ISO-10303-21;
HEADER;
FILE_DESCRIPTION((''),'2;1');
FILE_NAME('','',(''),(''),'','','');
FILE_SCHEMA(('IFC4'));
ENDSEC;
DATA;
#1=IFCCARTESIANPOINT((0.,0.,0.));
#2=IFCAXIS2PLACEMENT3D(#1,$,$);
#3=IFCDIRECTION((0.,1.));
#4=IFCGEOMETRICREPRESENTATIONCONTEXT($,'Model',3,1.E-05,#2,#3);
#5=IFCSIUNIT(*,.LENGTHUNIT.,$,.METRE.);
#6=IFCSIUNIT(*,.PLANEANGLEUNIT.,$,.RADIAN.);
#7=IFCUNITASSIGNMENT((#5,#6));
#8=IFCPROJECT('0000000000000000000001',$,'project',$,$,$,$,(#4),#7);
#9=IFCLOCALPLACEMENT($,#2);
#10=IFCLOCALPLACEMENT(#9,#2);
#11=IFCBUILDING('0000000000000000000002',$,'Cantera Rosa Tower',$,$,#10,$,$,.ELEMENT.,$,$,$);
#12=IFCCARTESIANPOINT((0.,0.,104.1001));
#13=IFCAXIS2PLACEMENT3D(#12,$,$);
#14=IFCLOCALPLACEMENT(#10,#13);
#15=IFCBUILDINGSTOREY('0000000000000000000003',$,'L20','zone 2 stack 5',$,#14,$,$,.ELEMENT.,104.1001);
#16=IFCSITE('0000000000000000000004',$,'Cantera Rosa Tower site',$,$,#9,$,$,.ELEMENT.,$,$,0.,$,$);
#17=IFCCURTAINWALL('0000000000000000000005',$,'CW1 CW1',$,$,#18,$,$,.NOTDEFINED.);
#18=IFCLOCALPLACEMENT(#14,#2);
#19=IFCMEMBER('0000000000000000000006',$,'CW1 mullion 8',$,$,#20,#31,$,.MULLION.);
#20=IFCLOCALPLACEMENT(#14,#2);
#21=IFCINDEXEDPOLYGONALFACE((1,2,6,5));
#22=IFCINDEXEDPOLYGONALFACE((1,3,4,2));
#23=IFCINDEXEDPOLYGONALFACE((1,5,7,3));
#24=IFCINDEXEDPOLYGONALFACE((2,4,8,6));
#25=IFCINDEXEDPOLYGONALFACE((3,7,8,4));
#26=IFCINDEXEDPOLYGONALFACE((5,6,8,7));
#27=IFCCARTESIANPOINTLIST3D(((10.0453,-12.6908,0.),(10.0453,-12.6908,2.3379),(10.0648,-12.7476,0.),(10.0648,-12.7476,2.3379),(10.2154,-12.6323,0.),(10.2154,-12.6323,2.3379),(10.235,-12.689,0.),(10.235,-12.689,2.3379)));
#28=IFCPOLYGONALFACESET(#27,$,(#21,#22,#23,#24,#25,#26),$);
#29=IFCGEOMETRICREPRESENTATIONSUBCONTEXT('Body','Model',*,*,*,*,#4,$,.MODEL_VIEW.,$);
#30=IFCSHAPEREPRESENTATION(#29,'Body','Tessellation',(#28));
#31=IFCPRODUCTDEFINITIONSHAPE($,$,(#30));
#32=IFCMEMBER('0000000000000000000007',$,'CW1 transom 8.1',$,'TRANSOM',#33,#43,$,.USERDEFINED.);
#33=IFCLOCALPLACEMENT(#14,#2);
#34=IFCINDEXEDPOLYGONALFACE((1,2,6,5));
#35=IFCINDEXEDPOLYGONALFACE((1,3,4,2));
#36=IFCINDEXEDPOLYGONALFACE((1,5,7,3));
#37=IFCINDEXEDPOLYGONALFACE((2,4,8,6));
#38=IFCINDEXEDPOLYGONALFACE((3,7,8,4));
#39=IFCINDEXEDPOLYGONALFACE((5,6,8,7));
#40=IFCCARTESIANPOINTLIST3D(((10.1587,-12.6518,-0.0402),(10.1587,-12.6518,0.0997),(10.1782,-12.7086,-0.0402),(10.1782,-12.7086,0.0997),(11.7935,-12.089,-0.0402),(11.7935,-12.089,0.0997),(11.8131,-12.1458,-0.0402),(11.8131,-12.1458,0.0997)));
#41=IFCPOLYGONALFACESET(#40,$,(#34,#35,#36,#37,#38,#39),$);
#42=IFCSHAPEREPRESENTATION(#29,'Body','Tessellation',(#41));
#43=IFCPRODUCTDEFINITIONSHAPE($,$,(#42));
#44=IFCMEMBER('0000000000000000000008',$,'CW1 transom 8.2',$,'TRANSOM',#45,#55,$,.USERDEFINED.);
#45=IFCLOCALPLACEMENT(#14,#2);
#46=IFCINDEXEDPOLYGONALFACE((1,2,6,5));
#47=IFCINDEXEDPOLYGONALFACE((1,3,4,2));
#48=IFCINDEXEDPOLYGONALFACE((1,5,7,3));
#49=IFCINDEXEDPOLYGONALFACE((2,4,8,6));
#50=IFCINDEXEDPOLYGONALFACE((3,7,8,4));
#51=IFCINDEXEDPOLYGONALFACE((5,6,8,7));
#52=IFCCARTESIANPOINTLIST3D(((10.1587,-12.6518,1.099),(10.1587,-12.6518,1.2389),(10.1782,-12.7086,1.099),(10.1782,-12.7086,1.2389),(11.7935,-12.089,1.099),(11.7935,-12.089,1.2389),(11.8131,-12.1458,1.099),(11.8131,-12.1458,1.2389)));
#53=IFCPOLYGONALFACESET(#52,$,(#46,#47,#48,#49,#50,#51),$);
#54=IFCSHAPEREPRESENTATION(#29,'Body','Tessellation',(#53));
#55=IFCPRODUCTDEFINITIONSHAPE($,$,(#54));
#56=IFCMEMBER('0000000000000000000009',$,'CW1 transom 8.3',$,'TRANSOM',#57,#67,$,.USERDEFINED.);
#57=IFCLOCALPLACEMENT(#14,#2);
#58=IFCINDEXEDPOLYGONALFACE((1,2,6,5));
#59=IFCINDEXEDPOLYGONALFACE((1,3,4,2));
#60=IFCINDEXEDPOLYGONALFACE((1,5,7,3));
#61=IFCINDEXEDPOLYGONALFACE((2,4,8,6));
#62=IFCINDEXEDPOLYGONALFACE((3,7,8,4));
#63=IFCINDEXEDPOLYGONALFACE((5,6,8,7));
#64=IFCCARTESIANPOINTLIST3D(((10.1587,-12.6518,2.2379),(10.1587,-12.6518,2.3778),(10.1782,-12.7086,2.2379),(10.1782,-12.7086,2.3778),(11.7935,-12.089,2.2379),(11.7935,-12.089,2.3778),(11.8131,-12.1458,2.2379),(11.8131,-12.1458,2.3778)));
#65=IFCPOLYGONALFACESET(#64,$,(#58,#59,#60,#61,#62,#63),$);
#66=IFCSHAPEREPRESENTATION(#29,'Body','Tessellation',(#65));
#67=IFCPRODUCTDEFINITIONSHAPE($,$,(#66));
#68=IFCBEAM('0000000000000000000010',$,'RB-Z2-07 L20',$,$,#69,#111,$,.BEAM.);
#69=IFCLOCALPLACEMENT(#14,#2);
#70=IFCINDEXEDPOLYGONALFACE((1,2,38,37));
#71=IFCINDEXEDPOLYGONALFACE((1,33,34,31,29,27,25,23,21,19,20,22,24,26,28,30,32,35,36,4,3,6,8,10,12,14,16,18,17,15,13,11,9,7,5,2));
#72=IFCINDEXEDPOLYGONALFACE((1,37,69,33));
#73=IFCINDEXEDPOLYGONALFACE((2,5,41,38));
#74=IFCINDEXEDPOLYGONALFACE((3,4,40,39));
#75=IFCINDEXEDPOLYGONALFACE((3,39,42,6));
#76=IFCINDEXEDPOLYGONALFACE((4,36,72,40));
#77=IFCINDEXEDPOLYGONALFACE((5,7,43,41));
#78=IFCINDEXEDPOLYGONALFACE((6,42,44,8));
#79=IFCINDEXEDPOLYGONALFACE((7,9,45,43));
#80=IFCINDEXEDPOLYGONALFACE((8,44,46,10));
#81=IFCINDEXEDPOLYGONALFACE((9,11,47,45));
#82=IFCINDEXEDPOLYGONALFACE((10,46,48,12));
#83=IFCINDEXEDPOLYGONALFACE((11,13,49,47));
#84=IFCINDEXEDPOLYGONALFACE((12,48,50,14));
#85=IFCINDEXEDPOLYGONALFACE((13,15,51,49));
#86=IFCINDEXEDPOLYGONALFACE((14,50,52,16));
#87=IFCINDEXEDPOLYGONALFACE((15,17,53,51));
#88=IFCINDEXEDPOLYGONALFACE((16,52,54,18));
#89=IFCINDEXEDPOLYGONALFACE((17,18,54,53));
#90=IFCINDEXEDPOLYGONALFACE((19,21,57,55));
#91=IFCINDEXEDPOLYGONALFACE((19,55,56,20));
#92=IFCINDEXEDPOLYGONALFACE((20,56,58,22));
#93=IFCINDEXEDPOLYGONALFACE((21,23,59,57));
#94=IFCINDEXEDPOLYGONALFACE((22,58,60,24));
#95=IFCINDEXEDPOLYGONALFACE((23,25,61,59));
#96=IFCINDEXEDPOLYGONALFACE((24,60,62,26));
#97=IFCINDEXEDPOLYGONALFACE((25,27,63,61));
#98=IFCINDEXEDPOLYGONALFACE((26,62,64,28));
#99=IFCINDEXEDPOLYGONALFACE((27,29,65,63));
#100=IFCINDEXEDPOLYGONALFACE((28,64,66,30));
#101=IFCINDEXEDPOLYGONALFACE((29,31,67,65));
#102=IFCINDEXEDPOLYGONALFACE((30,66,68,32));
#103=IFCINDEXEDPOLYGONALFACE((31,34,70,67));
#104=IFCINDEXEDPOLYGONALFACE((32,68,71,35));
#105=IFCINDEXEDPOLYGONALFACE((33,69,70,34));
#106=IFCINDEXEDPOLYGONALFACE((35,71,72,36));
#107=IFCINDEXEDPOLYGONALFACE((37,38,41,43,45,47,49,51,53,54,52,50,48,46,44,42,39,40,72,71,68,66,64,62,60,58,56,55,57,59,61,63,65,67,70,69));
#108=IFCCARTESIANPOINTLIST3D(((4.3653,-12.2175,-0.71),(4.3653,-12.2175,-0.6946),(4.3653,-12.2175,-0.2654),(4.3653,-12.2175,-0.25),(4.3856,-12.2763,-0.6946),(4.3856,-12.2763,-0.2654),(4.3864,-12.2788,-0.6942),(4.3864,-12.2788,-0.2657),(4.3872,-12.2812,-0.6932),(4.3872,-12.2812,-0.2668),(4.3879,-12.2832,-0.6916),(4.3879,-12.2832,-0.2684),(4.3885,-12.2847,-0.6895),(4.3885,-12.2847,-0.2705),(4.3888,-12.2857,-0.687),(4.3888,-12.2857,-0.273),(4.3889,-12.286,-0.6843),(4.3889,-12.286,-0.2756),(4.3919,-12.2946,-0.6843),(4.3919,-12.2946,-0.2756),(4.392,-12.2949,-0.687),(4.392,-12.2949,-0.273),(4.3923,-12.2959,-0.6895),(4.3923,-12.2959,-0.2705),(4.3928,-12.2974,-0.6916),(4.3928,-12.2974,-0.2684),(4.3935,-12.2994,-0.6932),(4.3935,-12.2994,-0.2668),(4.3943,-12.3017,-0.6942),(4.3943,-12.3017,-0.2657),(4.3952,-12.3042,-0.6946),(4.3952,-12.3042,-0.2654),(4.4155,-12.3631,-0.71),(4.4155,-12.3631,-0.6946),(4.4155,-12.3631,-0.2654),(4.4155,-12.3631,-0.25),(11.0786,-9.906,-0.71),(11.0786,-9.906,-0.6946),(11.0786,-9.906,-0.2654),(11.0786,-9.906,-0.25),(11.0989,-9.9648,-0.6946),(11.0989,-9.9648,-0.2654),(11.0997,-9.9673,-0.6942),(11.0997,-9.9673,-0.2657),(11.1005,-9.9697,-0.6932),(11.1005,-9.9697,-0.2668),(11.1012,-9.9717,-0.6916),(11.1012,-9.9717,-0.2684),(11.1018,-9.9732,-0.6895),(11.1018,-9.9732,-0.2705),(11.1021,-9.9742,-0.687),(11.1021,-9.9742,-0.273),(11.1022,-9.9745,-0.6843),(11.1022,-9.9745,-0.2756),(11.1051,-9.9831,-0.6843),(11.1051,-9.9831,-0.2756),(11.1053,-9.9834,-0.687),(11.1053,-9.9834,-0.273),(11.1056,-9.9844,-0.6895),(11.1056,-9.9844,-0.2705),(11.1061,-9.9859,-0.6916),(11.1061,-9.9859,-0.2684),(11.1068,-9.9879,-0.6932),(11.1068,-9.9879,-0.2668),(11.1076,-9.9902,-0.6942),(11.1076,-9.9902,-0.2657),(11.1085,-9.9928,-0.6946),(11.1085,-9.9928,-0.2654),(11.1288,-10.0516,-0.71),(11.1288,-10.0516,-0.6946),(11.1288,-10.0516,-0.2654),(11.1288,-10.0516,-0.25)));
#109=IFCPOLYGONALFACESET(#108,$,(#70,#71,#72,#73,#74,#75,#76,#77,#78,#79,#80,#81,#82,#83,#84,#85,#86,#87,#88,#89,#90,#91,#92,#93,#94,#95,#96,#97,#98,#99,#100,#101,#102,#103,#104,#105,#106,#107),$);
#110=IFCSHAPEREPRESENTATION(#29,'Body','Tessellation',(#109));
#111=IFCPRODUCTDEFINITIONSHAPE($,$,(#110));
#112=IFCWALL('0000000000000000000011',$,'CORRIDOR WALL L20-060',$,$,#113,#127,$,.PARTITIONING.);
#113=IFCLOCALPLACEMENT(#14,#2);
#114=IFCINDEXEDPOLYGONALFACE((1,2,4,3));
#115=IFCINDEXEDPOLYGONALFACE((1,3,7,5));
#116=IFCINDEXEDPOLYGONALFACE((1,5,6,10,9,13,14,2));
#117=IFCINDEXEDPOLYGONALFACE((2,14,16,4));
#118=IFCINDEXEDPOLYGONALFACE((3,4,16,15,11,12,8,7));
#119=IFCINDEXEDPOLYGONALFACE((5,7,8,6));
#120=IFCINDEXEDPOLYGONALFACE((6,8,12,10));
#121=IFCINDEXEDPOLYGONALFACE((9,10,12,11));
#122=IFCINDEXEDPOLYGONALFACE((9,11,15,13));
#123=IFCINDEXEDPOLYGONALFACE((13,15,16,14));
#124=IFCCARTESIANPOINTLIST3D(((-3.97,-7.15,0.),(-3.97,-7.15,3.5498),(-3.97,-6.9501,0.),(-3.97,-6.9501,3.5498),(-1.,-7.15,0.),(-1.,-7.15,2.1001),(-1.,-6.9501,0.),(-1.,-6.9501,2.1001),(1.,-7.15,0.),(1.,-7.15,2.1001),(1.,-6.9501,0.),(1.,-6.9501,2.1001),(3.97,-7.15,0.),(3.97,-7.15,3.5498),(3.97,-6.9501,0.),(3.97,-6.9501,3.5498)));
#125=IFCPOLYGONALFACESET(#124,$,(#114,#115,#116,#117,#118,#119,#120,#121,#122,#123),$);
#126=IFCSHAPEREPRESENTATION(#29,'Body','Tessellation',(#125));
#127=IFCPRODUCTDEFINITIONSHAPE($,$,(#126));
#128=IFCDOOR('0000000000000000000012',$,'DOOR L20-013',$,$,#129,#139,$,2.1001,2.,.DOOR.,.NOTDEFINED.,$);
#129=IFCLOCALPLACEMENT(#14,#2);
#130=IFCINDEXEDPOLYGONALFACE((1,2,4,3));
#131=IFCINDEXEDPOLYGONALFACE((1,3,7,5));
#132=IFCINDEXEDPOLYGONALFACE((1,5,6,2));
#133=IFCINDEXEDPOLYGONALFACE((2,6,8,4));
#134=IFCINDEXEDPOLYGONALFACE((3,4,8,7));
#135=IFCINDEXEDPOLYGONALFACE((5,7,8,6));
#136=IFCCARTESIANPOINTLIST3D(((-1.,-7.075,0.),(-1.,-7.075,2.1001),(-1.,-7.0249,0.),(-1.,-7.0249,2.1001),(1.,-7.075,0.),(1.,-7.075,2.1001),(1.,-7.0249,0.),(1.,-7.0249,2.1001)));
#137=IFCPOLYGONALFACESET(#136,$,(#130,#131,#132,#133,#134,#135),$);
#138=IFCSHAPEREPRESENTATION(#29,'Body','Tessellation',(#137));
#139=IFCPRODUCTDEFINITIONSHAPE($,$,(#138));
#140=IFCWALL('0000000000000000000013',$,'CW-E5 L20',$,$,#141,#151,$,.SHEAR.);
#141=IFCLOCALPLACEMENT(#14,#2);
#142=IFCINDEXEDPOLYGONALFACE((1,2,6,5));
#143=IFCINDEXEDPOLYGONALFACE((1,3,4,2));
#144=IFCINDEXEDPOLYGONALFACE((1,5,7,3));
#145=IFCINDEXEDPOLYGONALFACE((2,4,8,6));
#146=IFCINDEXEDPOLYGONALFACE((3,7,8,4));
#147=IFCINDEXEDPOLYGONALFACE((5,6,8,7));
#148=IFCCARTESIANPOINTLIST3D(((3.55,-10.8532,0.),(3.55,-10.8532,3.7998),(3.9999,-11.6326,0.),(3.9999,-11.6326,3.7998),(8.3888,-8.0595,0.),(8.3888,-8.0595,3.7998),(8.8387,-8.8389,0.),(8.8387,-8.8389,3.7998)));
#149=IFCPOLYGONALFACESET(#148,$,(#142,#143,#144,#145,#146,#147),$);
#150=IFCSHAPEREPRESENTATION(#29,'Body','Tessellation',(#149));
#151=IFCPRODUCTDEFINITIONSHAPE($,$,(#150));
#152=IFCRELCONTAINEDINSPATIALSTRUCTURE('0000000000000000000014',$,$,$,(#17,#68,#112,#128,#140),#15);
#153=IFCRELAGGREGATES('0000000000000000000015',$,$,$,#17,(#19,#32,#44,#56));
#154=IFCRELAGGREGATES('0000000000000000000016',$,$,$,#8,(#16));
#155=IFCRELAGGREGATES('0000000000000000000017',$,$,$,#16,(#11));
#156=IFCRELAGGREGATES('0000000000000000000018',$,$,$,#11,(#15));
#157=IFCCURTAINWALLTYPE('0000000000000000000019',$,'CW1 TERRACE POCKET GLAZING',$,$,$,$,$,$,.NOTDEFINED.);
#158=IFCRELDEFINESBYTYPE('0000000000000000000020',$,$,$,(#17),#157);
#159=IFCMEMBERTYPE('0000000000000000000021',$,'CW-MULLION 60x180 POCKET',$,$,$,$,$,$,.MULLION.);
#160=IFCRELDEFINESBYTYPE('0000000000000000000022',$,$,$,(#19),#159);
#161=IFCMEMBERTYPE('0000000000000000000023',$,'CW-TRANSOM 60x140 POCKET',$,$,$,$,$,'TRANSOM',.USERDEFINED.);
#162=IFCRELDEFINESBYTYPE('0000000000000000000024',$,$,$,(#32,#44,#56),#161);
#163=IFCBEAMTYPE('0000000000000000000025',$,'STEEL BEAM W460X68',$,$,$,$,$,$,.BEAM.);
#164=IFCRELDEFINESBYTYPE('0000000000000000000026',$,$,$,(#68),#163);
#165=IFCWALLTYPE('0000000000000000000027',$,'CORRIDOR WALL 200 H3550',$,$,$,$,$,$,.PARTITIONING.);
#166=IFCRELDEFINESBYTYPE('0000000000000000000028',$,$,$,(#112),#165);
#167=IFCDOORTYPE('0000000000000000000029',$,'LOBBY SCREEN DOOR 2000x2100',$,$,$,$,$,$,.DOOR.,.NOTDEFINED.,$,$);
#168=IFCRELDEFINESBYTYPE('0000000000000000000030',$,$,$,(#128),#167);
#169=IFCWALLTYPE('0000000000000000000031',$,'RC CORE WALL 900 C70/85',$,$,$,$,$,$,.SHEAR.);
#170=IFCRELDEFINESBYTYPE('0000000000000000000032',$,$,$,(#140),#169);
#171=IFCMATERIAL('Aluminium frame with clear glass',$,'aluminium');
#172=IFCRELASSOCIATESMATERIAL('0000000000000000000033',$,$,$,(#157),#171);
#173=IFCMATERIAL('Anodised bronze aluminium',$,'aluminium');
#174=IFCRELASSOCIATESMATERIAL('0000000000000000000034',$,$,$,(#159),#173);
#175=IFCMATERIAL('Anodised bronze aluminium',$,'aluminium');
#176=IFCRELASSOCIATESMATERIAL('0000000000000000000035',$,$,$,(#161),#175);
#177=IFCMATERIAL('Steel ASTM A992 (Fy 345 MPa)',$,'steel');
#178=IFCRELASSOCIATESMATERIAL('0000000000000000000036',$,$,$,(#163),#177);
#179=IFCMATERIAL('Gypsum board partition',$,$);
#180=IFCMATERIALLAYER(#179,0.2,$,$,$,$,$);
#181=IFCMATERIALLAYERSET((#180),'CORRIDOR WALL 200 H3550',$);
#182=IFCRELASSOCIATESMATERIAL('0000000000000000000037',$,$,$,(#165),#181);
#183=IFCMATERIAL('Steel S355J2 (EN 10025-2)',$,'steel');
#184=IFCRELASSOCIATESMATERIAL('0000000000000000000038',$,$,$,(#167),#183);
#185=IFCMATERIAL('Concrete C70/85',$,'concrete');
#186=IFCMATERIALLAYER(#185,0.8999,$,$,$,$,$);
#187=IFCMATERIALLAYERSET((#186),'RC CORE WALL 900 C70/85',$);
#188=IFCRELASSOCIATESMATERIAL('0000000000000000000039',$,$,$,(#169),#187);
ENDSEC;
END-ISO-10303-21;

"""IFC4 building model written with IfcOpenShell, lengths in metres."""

from ifc_helpers import new_model, si_unit, direction, frame, frame_2d, origin, origin_2d, place, context, subcontext, project, spatial, rectangle, i_section, extrude, material, layer, layer_set, material_profile, profile_set, type_object, element, fill, aggregate, save


model = new_model("IFC4")

# Units and contexts
model_context = context("Model", 3, precision=1e-05, world=origin(), true_north=direction((0.0, 1.0)))
body_context = subcontext(model_context, "Body", "Model", "MODEL_VIEW")
ifc_project = project(units=[si_unit("LENGTHUNIT", "METRE"), si_unit("PLANEANGLEUNIT", "RADIAN")], contexts=[model_context])

# Site, building, storey
site_placement = place(None, origin())
site = spatial("IfcSite", under=ifc_project, at=site_placement, Name="Cantera Rosa Tower site", CompositionType="ELEMENT", RefElevation=0.0)
building_placement = place(site_placement, origin())
building = spatial("IfcBuilding", under=site, at=building_placement, Name="Cantera Rosa Tower", CompositionType="ELEMENT")
storey_placement = place(building_placement, frame((0.0, 0.0, 104.1001)))
storey = spatial("IfcBuildingStorey", under=building, at=storey_placement, Name="L20", Description="zone 2 stack 5", CompositionType="ELEMENT", Elevation=104.1001)

# Curtain wall, members
ifc_material_1 = material(Name="Aluminium frame with clear glass", Category="aluminium")
curtain_wall_type = type_object("IfcCurtainWallType", Name="CW1 TERRACE POCKET GLAZING", PredefinedType="NOTDEFINED", material=ifc_material_1)
curtain_wall_placement = place(storey_placement, origin())
curtain_wall = element("IfcCurtainWall", 1, at=curtain_wall_placement, inside=storey, type_object=curtain_wall_type, Name="CW1 CW1", PredefinedType="NOTDEFINED")
ifc_material_2 = material(Name="Anodised bronze aluminium", Category="aluminium")
ifc_material_profile_1 = material_profile(ifc_material_2, rectangle(XDim=0.0601, YDim=0.1799, at=origin_2d()), Name="CW-MULLION 60x180 POCKET")
ifc_profile_set_1 = profile_set([ifc_material_profile_1], Name="Anodised bronze aluminium")
member_type_1 = type_object("IfcMemberType", Name="CW-MULLION 60x180 POCKET", PredefinedType="MULLION", material=ifc_profile_set_1)
member_1_placement = place(storey_placement, frame((10.1401, -12.6899, 0.0), z_axis=(0.0, 0.0, 1.0), x_axis=(-0.325568, 0.945519, 0.0)))
member_1 = element("IfcMember", 2, at=member_1_placement, type_object=member_type_1, Name="CW1 mullion 8", PredefinedType="MULLION", context=body_context, shape_type="SweptSolid", body=[
    extrude(rectangle(XDim=0.0601, YDim=0.1799, at=origin_2d()), origin(), (0.0, 0.0, 1.0), 2.3379),
])
ifc_material_3 = material(Name="Anodised bronze aluminium", Category="aluminium")
ifc_material_profile_2 = material_profile(ifc_material_3, rectangle(XDim=0.0601, YDim=0.1399, at=origin_2d()), Name="CW-TRANSOM 60x140 POCKET")
ifc_profile_set_2 = profile_set([ifc_material_profile_2], Name="Anodised bronze aluminium")
member_type_2 = type_object("IfcMemberType", Name="CW-TRANSOM 60x140 POCKET", ElementType="TRANSOM", PredefinedType="USERDEFINED", material=ifc_profile_set_2)
member_2_placement = place(storey_placement, frame((10.1685, -12.6802, 0.0298), z_axis=(0.945545, 0.32549, 0.0), x_axis=(-0.32549, 0.945545, 0.0)))
member_2 = element("IfcMember", 3, at=member_2_placement, type_object=member_type_2, Name="CW1 transom 8.1", ObjectType="TRANSOM", PredefinedType="USERDEFINED", context=body_context, shape_type="SweptSolid", body=[
    extrude(rectangle(XDim=0.0601, YDim=0.1399, at=origin_2d()), origin(), (0.0, 0.0, 1.0), 1.729),
])
member_3_placement = place(storey_placement, frame((10.1685, -12.6802, 1.1689), z_axis=(0.945545, 0.32549, 0.0), x_axis=(-0.32549, 0.945545, 0.0)))
member_3 = element("IfcMember", 4, at=member_3_placement, type_object=member_type_2, Name="CW1 transom 8.2", ObjectType="TRANSOM", PredefinedType="USERDEFINED", context=body_context, shape_type="SweptSolid", body=[
    extrude(rectangle(XDim=0.0601, YDim=0.1399, at=origin_2d()), origin(), (0.0, 0.0, 1.0), 1.729),
])
member_4_placement = place(storey_placement, frame((10.1685, -12.6802, 2.3079), z_axis=(0.945545, 0.32549, 0.0), x_axis=(-0.32549, 0.945545, 0.0)))
member_4 = element("IfcMember", 5, at=member_4_placement, type_object=member_type_2, Name="CW1 transom 8.3", ObjectType="TRANSOM", PredefinedType="USERDEFINED", context=body_context, shape_type="SweptSolid", body=[
    extrude(rectangle(XDim=0.0601, YDim=0.1399, at=origin_2d()), origin(), (0.0, 0.0, 1.0), 1.729),
])
aggregate(curtain_wall, [member_1, member_2, member_3, member_4])

# Beam
ifc_material_4 = material(Name="Steel ASTM A992 (Fy 345 MPa)", Category="steel")
ifc_material_profile_3 = material_profile(ifc_material_4, i_section(OverallWidth=0.1541, OverallDepth=0.46, WebThickness=0.009, FlangeThickness=0.0154, FilletRadius=0.0103, at=origin_2d()), Name="W460X68")
ifc_profile_set_3 = profile_set([ifc_material_profile_3], Name="Steel ASTM A992 (Fy 345 MPa)")
beam_type = type_object("IfcBeamType", Name="STEEL BEAM W460X68", PredefinedType="BEAM", material=ifc_profile_set_3)
beam_placement = place(storey_placement, frame((4.3904, -12.2903, -0.48), z_axis=(0.945522, 0.325558, 0.0), x_axis=(-0.325558, 0.945522, 0.0)))
element("IfcBeam", 6, at=beam_placement, inside=storey, type_object=beam_type, Name="RB-Z2-07 L20", PredefinedType="BEAM", context=body_context, shape_type="SweptSolid", body=[
    extrude(i_section(OverallWidth=0.1541, OverallDepth=0.46, WebThickness=0.009, FlangeThickness=0.0154, FilletRadius=0.0103, at=origin_2d()), origin(), (0.0, 0.0, 1.0), 7.1001),
])

# Wall, opening, door
ifc_material_5 = material(Name="Gypsum board partition")
ifc_layer_1 = layer(ifc_material_5, 0.2)
ifc_layer_set_1 = layer_set([ifc_layer_1], Name="CORRIDOR WALL 200 H3550")
wall_type_1 = type_object("IfcWallType", Name="CORRIDOR WALL 200 H3550", PredefinedType="PARTITIONING", material=ifc_layer_set_1)
wall_1_placement = place(storey_placement, frame((3.97, -7.05, 0.0), z_axis=(0.0, 0.0, 1.0), x_axis=(-1.0, 0.0, 0.0)))
wall_1 = element("IfcWall", 7, at=wall_1_placement, inside=storey, type_object=wall_type_1, Name="CORRIDOR WALL L20-060", PredefinedType="PARTITIONING", context=body_context, shape_type="SweptSolid", body=[
    extrude(rectangle(XDim=7.9399, YDim=0.2, at=frame_2d((3.97, 0.0))), origin(), (0.0, 0.0, 1.0), 3.5498),
])
opening_1_placement = place(wall_1_placement, frame((2.97, 0.0, 0.0)))
opening_1 = element("IfcOpeningElement", 8, at=opening_1_placement, cuts=wall_1, PredefinedType="OPENING", context=body_context, shape_type="SweptSolid", body=[
    extrude(rectangle(XDim=2.0, YDim=2.1001, at=frame_2d((1.0, 1.05))), frame((0.0, 0.1099, 0.0), z_axis=(0.0, -1.0, 0.0), x_axis=(1.0, 0.0, 0.0)), (0.0, 0.0, 1.0), 0.22),
])
ifc_material_6 = material(Name="Steel S355J2 (EN 10025-2)", Category="steel")
door_type_1 = type_object("IfcDoorType", Name="LOBBY SCREEN DOOR 2000x2100", OperationType="NOTDEFINED", PredefinedType="DOOR", material=ifc_material_6)
door_1_placement = place(opening_1_placement, origin())
door_1 = element("IfcDoor", 9, at=door_1_placement, inside=storey, type_object=door_type_1, Name="DOOR L20-013", OperationType="NOTDEFINED", OverallHeight=2.1001, OverallWidth=2.0, PredefinedType="DOOR", context=body_context, shape_type="SweptSolid", body=[
    extrude(rectangle(XDim=2.0, YDim=2.1001, at=frame_2d((1.0, 1.05))), frame((0.0, 0.0249, 0.0), z_axis=(0.0, -1.0, 0.0), x_axis=(1.0, 0.0, 0.0)), (0.0, 0.0, 1.0), 0.05),
])
fill(opening_1, door_1)

# Wall
ifc_material_7 = material(Name="Concrete C70/85", Category="concrete")
ifc_layer_2 = layer(ifc_material_7, 0.8999)
ifc_layer_set_2 = layer_set([ifc_layer_2], Name="RC CORE WALL 900 C70/85")
wall_type_2 = type_object("IfcWallType", Name="RC CORE WALL 900 C70/85", PredefinedType="SHEAR", material=ifc_layer_set_2)
wall_2_placement = place(storey_placement, frame((8.6138, -8.4492, 0.0), z_axis=(0.0, 0.0, 1.0), x_axis=(-0.866027, -0.499997, 0.0)))
element("IfcWall", 10, at=wall_2_placement, inside=storey, type_object=wall_type_2, Name="CW-E5 L20", PredefinedType="SHEAR", context=body_context, shape_type="SweptSolid", body=[
    extrude(rectangle(XDim=5.5874, YDim=0.8999, at=frame_2d((2.7937, 0.0))), origin(), (0.0, 0.0, 1.0), 3.7998),
])

save(model, "model.ifc")
